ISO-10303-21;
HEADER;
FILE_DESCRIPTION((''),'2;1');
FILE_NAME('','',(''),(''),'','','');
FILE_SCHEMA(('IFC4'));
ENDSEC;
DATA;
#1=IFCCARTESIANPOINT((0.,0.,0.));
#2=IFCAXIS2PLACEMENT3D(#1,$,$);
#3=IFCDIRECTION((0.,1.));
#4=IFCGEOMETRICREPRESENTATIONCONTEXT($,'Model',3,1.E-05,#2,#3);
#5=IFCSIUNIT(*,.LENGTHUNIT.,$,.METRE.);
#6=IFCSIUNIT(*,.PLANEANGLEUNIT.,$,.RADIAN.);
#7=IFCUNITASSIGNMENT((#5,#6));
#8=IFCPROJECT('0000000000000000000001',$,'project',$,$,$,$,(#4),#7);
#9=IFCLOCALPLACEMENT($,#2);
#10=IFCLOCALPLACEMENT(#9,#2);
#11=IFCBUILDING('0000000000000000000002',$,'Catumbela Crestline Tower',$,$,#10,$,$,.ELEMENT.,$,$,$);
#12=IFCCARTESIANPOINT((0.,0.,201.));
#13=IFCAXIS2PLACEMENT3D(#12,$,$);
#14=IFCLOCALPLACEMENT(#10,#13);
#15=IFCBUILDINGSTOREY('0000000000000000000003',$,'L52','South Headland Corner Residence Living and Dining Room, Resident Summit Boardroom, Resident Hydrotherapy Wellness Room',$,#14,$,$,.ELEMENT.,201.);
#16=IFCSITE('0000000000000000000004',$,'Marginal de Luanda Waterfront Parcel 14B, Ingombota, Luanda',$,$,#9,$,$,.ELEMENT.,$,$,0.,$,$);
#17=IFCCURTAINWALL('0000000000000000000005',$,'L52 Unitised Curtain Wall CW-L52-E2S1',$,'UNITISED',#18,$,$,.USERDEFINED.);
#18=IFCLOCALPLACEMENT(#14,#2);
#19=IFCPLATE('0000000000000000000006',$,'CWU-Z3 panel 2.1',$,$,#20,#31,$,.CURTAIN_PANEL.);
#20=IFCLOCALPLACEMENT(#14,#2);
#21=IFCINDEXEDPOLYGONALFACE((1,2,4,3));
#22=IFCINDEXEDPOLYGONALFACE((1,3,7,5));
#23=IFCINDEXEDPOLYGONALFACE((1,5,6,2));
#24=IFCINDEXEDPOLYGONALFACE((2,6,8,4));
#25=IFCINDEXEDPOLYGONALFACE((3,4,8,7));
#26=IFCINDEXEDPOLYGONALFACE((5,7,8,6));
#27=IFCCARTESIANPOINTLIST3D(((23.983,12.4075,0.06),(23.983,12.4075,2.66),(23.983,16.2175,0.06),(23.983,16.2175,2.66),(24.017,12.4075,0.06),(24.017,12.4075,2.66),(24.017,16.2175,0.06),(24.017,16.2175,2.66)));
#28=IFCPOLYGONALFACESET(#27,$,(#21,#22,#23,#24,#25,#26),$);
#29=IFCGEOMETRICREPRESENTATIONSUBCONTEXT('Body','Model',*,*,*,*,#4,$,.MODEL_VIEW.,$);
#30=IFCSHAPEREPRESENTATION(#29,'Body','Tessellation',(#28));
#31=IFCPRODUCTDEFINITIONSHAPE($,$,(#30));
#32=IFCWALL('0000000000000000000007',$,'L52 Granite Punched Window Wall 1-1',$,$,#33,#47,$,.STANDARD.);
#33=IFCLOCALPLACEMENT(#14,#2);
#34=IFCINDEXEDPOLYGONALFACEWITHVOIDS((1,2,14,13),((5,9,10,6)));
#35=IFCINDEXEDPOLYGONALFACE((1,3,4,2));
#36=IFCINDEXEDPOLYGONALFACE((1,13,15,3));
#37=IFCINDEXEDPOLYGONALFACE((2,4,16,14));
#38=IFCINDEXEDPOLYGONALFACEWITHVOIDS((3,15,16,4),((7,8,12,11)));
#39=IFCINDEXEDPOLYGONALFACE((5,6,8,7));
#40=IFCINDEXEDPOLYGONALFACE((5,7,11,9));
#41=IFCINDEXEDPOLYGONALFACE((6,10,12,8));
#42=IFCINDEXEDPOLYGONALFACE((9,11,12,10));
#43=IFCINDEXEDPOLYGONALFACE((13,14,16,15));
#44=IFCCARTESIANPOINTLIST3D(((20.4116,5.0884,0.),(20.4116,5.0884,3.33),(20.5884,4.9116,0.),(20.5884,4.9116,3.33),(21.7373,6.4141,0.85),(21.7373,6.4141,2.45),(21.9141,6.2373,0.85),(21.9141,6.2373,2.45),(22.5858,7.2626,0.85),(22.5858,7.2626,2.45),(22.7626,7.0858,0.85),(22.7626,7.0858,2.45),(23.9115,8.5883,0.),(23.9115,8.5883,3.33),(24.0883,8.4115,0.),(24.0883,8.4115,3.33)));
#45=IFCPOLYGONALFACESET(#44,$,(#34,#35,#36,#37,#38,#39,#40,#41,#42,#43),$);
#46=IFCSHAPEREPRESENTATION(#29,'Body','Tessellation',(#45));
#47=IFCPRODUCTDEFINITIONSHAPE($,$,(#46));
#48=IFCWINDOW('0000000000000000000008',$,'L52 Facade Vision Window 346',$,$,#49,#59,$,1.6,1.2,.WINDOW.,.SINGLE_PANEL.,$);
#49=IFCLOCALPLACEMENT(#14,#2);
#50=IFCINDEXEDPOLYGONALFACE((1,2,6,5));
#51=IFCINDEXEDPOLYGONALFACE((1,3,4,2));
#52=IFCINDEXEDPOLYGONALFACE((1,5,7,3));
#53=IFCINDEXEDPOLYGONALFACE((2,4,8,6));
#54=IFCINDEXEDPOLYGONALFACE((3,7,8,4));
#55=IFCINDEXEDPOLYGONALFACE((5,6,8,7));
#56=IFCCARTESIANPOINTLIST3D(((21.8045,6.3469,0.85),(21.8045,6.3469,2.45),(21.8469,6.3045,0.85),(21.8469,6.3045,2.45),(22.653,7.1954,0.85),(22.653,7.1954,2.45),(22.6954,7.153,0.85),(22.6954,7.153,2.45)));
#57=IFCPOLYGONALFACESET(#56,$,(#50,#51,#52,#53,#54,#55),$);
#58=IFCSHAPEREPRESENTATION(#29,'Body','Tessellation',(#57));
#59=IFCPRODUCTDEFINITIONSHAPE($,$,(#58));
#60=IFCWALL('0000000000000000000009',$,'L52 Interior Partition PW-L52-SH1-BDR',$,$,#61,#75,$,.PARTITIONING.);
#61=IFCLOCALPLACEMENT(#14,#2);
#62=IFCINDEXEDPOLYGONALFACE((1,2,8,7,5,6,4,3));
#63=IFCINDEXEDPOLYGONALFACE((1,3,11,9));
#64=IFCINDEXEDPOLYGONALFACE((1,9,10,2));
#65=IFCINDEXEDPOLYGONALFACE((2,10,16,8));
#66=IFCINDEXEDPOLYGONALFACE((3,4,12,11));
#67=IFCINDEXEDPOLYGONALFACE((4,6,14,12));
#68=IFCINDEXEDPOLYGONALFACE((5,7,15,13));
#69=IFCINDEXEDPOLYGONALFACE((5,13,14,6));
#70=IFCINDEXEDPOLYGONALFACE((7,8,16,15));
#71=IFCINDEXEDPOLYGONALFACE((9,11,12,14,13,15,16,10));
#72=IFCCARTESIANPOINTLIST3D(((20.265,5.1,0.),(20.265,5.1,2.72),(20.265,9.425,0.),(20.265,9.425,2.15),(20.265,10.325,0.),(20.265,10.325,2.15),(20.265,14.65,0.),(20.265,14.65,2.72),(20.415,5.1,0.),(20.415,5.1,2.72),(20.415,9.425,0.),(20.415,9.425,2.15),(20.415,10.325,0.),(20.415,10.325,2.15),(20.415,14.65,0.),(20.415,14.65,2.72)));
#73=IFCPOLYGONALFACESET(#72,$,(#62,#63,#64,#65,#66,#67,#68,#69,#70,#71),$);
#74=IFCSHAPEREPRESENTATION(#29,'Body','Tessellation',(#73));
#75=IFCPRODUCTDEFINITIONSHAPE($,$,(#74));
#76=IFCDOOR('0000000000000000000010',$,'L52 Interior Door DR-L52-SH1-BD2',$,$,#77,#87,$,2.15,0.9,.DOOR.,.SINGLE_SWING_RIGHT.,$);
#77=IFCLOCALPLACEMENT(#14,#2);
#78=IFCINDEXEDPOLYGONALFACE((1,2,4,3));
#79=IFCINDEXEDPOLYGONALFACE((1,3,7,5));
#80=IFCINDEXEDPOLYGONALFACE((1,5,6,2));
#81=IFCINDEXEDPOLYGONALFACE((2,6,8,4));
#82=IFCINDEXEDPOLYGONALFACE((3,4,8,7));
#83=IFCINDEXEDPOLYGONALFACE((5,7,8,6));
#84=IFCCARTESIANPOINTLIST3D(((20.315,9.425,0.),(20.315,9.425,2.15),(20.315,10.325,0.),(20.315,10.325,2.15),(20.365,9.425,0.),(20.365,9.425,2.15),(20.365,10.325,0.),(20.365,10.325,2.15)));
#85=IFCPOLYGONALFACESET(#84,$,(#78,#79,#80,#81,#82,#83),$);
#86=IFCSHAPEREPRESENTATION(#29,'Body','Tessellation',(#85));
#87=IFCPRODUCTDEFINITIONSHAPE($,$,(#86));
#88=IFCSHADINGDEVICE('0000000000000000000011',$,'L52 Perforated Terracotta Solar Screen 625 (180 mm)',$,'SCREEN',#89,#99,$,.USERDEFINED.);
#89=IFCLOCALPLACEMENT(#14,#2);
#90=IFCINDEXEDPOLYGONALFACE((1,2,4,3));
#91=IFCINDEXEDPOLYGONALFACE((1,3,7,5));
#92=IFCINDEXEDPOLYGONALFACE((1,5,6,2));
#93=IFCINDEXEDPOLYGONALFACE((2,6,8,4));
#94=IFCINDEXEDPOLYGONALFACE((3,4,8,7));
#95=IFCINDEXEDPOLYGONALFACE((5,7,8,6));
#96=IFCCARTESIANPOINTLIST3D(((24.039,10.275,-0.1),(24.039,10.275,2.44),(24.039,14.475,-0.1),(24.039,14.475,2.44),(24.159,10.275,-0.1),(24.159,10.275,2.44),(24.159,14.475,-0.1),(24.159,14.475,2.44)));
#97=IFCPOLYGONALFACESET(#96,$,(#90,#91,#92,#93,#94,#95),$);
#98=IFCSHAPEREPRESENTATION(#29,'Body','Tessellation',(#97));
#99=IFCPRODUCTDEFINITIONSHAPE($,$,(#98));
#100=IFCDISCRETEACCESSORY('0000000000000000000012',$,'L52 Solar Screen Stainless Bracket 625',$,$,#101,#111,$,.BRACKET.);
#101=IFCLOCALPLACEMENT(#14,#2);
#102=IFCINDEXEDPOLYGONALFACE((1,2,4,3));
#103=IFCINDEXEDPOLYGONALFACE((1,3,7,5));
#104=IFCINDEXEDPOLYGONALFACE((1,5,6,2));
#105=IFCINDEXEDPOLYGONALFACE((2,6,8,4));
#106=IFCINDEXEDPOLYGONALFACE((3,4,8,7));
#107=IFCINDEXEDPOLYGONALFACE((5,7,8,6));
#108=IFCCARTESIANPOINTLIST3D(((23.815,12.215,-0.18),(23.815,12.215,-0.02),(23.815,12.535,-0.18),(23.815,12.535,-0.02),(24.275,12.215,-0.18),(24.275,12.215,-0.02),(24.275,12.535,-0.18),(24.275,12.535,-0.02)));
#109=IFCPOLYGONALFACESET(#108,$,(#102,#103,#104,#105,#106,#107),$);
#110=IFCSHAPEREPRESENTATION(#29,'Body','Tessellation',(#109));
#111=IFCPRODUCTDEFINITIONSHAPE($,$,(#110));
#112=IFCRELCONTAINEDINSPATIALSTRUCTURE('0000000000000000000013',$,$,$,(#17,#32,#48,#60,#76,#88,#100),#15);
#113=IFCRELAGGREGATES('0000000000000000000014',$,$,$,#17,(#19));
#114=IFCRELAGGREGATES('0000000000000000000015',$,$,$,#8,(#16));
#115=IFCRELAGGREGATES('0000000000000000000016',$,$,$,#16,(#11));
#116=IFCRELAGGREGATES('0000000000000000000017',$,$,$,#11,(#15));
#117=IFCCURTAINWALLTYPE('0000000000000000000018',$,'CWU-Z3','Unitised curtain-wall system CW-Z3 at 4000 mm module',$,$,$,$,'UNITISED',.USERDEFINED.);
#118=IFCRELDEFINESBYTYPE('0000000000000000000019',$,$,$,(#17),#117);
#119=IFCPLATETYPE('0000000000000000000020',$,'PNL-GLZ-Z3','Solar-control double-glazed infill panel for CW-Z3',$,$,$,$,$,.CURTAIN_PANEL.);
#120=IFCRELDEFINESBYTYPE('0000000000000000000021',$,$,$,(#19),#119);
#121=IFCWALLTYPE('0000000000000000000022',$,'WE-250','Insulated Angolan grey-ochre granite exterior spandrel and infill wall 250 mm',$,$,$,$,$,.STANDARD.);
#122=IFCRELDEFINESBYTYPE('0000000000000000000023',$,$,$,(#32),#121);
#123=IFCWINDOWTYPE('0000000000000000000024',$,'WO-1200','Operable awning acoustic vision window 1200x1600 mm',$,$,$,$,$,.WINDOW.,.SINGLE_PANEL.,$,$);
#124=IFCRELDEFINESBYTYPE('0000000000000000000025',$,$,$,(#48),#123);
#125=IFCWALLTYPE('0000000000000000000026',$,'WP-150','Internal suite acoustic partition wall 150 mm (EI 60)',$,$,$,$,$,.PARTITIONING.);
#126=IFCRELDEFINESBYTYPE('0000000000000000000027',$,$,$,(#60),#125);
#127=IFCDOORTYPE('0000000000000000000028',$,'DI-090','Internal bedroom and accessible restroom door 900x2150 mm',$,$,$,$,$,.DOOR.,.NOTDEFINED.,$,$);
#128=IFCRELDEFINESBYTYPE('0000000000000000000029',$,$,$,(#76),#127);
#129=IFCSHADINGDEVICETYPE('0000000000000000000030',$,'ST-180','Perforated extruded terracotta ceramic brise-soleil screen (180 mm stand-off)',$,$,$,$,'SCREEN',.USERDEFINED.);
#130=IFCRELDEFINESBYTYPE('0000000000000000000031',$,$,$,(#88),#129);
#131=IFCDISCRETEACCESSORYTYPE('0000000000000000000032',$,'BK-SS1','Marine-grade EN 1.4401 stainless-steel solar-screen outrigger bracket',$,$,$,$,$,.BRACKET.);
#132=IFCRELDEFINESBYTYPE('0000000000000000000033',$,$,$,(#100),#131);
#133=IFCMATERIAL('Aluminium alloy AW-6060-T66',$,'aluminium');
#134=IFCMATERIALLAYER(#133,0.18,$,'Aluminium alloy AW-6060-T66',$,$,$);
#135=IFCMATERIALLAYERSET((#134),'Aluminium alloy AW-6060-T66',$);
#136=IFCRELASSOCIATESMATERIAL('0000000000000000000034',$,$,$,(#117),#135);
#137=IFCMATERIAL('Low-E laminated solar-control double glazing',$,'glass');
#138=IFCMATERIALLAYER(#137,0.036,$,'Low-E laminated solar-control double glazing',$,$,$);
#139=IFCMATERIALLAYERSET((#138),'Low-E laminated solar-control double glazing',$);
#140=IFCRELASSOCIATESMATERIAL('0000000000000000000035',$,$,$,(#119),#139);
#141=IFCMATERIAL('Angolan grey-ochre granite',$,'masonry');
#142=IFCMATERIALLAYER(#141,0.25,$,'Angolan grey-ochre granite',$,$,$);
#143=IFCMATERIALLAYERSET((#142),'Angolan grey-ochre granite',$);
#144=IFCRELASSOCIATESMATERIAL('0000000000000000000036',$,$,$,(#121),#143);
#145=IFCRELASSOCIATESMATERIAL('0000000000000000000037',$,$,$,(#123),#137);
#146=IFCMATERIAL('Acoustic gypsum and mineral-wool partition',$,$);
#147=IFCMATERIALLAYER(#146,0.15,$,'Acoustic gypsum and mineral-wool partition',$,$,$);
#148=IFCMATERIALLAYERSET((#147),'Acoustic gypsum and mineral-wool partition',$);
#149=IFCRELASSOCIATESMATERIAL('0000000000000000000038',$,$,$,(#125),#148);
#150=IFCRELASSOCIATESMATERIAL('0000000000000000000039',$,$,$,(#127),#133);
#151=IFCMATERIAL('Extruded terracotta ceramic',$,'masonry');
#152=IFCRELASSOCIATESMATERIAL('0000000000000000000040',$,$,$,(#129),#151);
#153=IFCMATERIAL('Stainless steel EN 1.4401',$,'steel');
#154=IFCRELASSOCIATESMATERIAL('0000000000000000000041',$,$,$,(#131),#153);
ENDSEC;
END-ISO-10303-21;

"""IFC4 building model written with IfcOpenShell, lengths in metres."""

from ifc_helpers import new_model, si_unit, direction, frame, frame_2d, origin, origin_2d, place, context, subcontext, project, spatial, rectangle, extrude, material, layer, layer_set, type_object, element, fill, aggregate, save


model = new_model("IFC4")

# Units and contexts
model_context = context("Model", 3, precision=1e-05, world=origin(), true_north=direction((0.0, 1.0)))
body_context = subcontext(model_context, "Body", "Model", "MODEL_VIEW")
ifc_project = project(units=[si_unit("LENGTHUNIT", "METRE"), si_unit("PLANEANGLEUNIT", "RADIAN")], contexts=[model_context])

# Site, building, storey
site_placement = place(None, origin())
site = spatial("IfcSite", under=ifc_project, at=site_placement, Name="Marginal de Luanda Waterfront Parcel 14B, Ingombota, Luanda", CompositionType="ELEMENT", RefElevation=0.0)
building_placement = place(site_placement, origin())
building = spatial("IfcBuilding", under=site, at=building_placement, Name="Catumbela Crestline Tower", CompositionType="ELEMENT")
storey_placement = place(building_placement, frame((0.0, 0.0, 201.0)))
storey = spatial("IfcBuildingStorey", under=building, at=storey_placement, Name="L52", Description="South Headland Corner Residence Living and Dining Room, Resident Summit Boardroom, Resident Hydrotherapy Wellness Room", CompositionType="ELEMENT", Elevation=201.0)

# Shared definitions
ifc_material_1 = material(Name="Aluminium alloy AW-6060-T66", Category="aluminium")
ifc_layer_1 = layer(ifc_material_1, 0.18, Name="Aluminium alloy AW-6060-T66")
ifc_layer_set_1 = layer_set([ifc_layer_1], Name="Aluminium alloy AW-6060-T66")
curtain_wall_type = type_object("IfcCurtainWallType", Name="CWU-Z3", Description="Unitised curtain-wall system CW-Z3 at 4000 mm module", ElementType="UNITISED", PredefinedType="USERDEFINED", material=ifc_layer_set_1)

# Curtain wall
curtain_wall_1_placement = place(storey_placement, origin())
curtain_wall_1 = element("IfcCurtainWall", 1, at=curtain_wall_1_placement, inside=storey, type_object=curtain_wall_type, Name="L52 Unitised Curtain Wall CW-L52-E2S1", ObjectType="UNITISED", PredefinedType="USERDEFINED")

# Plate
ifc_material_2 = material(Name="Low-E laminated solar-control double glazing", Category="glass")
ifc_layer_2 = layer(ifc_material_2, 0.036, Name="Low-E laminated solar-control double glazing")
ifc_layer_set_2 = layer_set([ifc_layer_2], Name="Low-E laminated solar-control double glazing")
plate_type = type_object("IfcPlateType", Name="PNL-GLZ-Z3", Description="Solar-control double-glazed infill panel for CW-Z3", PredefinedType="CURTAIN_PANEL", material=ifc_layer_set_2)
plate_1_placement = place(storey_placement, frame((24.0, 14.3125, 0.06), z_axis=(0.0, 0.0, 1.0), x_axis=(0.0, 1.0, 0.0)))
plate_1 = element("IfcPlate", 2, at=plate_1_placement, type_object=plate_type, Name="CWU-Z3 panel 2.1", PredefinedType="CURTAIN_PANEL", context=body_context, shape_type="SweptSolid", body=[
    extrude(rectangle(XDim=3.81, YDim=0.034, at=origin_2d()), origin(), (0.0, 0.0, 1.0), 2.6),
])
aggregate(curtain_wall_1, [plate_1])

# Wall, opening, window
ifc_material_3 = material(Name="Angolan grey-ochre granite", Category="masonry")
ifc_layer_3 = layer(ifc_material_3, 0.25, Name="Angolan grey-ochre granite")
ifc_layer_set_3 = layer_set([ifc_layer_3], Name="Angolan grey-ochre granite")
wall_type_1 = type_object("IfcWallType", Name="WE-250", Description="Insulated Angolan grey-ochre granite exterior spandrel and infill wall 250 mm", PredefinedType="STANDARD", material=ifc_layer_set_3)
wall_1_placement = place(storey_placement, frame((20.5, 5.0, 0.0), z_axis=(0.0, 0.0, 1.0), x_axis=(0.707107, 0.707107, 0.0)))
wall_1 = element("IfcWall", 3, at=wall_1_placement, inside=storey, type_object=wall_type_1, Name="L52 Granite Punched Window Wall 1-1", PredefinedType="STANDARD", context=body_context, shape_type="SweptSolid", body=[
    extrude(rectangle(XDim=4.9497, YDim=0.25, at=frame_2d((2.4748, 0.0))), origin(), (0.0, 0.0, 1.0), 3.33),
])
opening_1_placement = place(wall_1_placement, frame((1.8748, 0.0, 0.85)))
opening_1 = element("IfcOpeningElement", 4, at=opening_1_placement, cuts=wall_1, PredefinedType="OPENING", context=body_context, shape_type="SweptSolid", body=[
    extrude(rectangle(XDim=1.2, YDim=1.6, at=frame_2d((0.6, 0.8))), frame((0.0, 0.135, 0.0), z_axis=(0.0, -1.0, 0.0), x_axis=(1.0, 0.0, 0.0)), (0.0, 0.0, 1.0), 0.27),
])
window_type = type_object("IfcWindowType", Name="WO-1200", Description="Operable awning acoustic vision window 1200x1600 mm", PartitioningType="SINGLE_PANEL", PredefinedType="WINDOW", material=ifc_material_2)
window_placement = place(opening_1_placement, origin())
window = element("IfcWindow", 5, at=window_placement, inside=storey, type_object=window_type, Name="L52 Facade Vision Window 346", OverallHeight=1.6, OverallWidth=1.2, PartitioningType="SINGLE_PANEL", PredefinedType="WINDOW", context=body_context, shape_type="SweptSolid", body=[
    extrude(rectangle(XDim=1.2, YDim=1.6, at=frame_2d((0.6, 0.8))), frame((0.0, 0.03, 0.0), z_axis=(0.0, -1.0, 0.0), x_axis=(1.0, 0.0, 0.0)), (0.0, 0.0, 1.0), 0.06),
])
fill(opening_1, window)

# Wall, opening, door
ifc_material_4 = material(Name="Acoustic gypsum and mineral-wool partition")
ifc_layer_4 = layer(ifc_material_4, 0.15, Name="Acoustic gypsum and mineral-wool partition")
ifc_layer_set_4 = layer_set([ifc_layer_4], Name="Acoustic gypsum and mineral-wool partition")
wall_type_2 = type_object("IfcWallType", Name="WP-150", Description="Internal suite acoustic partition wall 150 mm (EI 60)", PredefinedType="PARTITIONING", material=ifc_layer_set_4)
wall_2_placement = place(storey_placement, frame((20.34, 5.1, 0.0), z_axis=(0.0, 0.0, 1.0), x_axis=(0.0, 1.0, 0.0)))
wall_2 = element("IfcWall", 6, at=wall_2_placement, inside=storey, type_object=wall_type_2, Name="L52 Interior Partition PW-L52-SH1-BDR", PredefinedType="PARTITIONING", context=body_context, shape_type="SweptSolid", body=[
    extrude(rectangle(XDim=9.55, YDim=0.15, at=frame_2d((4.775, 0.0))), origin(), (0.0, 0.0, 1.0), 2.72),
])
opening_2_placement = place(wall_2_placement, frame((4.325, 0.0, 0.0)))
opening_2 = element("IfcOpeningElement", 7, at=opening_2_placement, cuts=wall_2, PredefinedType="OPENING", context=body_context, shape_type="SweptSolid", body=[
    extrude(rectangle(XDim=0.9, YDim=2.15, at=frame_2d((0.45, 1.075))), frame((0.0, 0.085, 0.0), z_axis=(0.0, -1.0, 0.0), x_axis=(1.0, 0.0, 0.0)), (0.0, 0.0, 1.0), 0.17),
])
door_type = type_object("IfcDoorType", Name="DI-090", Description="Internal bedroom and accessible restroom door 900x2150 mm", OperationType="NOTDEFINED", PredefinedType="DOOR", material=ifc_material_1)
door_placement = place(opening_2_placement, origin())
door = element("IfcDoor", 8, at=door_placement, inside=storey, type_object=door_type, Name="L52 Interior Door DR-L52-SH1-BD2", OperationType="SINGLE_SWING_RIGHT", OverallHeight=2.15, OverallWidth=0.9, PredefinedType="DOOR", context=body_context, shape_type="SweptSolid", body=[
    extrude(rectangle(XDim=0.9, YDim=2.15, at=frame_2d((0.45, 1.075))), frame((0.0, 0.025, 0.0), z_axis=(0.0, -1.0, 0.0), x_axis=(1.0, 0.0, 0.0)), (0.0, 0.0, 1.0), 0.05),
])
fill(opening_2, door)

# Shading device
ifc_material_5 = material(Name="Extruded terracotta ceramic", Category="masonry")
shading_device_type = type_object("IfcShadingDeviceType", Name="ST-180", Description="Perforated extruded terracotta ceramic brise-soleil screen (180 mm stand-off)", ElementType="SCREEN", PredefinedType="USERDEFINED", material=ifc_material_5)
shading_device_placement = place(storey_placement, frame((24.099, 12.375, -0.1), z_axis=(0.0, 0.0, 1.0), x_axis=(0.0, 1.0, 0.0)))
element("IfcShadingDevice", 9, at=shading_device_placement, inside=storey, type_object=shading_device_type, Name="L52 Perforated Terracotta Solar Screen 625 (180 mm)", ObjectType="SCREEN", PredefinedType="USERDEFINED", context=body_context, shape_type="SweptSolid", body=[
    extrude(rectangle(XDim=4.2, YDim=0.12, at=origin_2d()), origin(), (0.0, 0.0, 1.0), 2.54),
])

# Discrete accessory
ifc_material_6 = material(Name="Stainless steel EN 1.4401", Category="steel")
discrete_accessory_type = type_object("IfcDiscreteAccessoryType", Name="BK-SS1", Description="Marine-grade EN 1.4401 stainless-steel solar-screen outrigger bracket", PredefinedType="BRACKET", material=ifc_material_6)
discrete_accessory_placement = place(storey_placement, frame((24.045, 12.375, -0.18), z_axis=(0.0, 0.0, 1.0), x_axis=(0.0, 1.0, 0.0)))
element("IfcDiscreteAccessory", 10, at=discrete_accessory_placement, inside=storey, type_object=discrete_accessory_type, Name="L52 Solar Screen Stainless Bracket 625", PredefinedType="BRACKET", context=body_context, shape_type="SweptSolid", body=[
    extrude(rectangle(XDim=0.32, YDim=0.46, at=origin_2d()), origin(), (0.0, 0.0, 1.0), 0.16),
])

save(model, "model.ifc")
